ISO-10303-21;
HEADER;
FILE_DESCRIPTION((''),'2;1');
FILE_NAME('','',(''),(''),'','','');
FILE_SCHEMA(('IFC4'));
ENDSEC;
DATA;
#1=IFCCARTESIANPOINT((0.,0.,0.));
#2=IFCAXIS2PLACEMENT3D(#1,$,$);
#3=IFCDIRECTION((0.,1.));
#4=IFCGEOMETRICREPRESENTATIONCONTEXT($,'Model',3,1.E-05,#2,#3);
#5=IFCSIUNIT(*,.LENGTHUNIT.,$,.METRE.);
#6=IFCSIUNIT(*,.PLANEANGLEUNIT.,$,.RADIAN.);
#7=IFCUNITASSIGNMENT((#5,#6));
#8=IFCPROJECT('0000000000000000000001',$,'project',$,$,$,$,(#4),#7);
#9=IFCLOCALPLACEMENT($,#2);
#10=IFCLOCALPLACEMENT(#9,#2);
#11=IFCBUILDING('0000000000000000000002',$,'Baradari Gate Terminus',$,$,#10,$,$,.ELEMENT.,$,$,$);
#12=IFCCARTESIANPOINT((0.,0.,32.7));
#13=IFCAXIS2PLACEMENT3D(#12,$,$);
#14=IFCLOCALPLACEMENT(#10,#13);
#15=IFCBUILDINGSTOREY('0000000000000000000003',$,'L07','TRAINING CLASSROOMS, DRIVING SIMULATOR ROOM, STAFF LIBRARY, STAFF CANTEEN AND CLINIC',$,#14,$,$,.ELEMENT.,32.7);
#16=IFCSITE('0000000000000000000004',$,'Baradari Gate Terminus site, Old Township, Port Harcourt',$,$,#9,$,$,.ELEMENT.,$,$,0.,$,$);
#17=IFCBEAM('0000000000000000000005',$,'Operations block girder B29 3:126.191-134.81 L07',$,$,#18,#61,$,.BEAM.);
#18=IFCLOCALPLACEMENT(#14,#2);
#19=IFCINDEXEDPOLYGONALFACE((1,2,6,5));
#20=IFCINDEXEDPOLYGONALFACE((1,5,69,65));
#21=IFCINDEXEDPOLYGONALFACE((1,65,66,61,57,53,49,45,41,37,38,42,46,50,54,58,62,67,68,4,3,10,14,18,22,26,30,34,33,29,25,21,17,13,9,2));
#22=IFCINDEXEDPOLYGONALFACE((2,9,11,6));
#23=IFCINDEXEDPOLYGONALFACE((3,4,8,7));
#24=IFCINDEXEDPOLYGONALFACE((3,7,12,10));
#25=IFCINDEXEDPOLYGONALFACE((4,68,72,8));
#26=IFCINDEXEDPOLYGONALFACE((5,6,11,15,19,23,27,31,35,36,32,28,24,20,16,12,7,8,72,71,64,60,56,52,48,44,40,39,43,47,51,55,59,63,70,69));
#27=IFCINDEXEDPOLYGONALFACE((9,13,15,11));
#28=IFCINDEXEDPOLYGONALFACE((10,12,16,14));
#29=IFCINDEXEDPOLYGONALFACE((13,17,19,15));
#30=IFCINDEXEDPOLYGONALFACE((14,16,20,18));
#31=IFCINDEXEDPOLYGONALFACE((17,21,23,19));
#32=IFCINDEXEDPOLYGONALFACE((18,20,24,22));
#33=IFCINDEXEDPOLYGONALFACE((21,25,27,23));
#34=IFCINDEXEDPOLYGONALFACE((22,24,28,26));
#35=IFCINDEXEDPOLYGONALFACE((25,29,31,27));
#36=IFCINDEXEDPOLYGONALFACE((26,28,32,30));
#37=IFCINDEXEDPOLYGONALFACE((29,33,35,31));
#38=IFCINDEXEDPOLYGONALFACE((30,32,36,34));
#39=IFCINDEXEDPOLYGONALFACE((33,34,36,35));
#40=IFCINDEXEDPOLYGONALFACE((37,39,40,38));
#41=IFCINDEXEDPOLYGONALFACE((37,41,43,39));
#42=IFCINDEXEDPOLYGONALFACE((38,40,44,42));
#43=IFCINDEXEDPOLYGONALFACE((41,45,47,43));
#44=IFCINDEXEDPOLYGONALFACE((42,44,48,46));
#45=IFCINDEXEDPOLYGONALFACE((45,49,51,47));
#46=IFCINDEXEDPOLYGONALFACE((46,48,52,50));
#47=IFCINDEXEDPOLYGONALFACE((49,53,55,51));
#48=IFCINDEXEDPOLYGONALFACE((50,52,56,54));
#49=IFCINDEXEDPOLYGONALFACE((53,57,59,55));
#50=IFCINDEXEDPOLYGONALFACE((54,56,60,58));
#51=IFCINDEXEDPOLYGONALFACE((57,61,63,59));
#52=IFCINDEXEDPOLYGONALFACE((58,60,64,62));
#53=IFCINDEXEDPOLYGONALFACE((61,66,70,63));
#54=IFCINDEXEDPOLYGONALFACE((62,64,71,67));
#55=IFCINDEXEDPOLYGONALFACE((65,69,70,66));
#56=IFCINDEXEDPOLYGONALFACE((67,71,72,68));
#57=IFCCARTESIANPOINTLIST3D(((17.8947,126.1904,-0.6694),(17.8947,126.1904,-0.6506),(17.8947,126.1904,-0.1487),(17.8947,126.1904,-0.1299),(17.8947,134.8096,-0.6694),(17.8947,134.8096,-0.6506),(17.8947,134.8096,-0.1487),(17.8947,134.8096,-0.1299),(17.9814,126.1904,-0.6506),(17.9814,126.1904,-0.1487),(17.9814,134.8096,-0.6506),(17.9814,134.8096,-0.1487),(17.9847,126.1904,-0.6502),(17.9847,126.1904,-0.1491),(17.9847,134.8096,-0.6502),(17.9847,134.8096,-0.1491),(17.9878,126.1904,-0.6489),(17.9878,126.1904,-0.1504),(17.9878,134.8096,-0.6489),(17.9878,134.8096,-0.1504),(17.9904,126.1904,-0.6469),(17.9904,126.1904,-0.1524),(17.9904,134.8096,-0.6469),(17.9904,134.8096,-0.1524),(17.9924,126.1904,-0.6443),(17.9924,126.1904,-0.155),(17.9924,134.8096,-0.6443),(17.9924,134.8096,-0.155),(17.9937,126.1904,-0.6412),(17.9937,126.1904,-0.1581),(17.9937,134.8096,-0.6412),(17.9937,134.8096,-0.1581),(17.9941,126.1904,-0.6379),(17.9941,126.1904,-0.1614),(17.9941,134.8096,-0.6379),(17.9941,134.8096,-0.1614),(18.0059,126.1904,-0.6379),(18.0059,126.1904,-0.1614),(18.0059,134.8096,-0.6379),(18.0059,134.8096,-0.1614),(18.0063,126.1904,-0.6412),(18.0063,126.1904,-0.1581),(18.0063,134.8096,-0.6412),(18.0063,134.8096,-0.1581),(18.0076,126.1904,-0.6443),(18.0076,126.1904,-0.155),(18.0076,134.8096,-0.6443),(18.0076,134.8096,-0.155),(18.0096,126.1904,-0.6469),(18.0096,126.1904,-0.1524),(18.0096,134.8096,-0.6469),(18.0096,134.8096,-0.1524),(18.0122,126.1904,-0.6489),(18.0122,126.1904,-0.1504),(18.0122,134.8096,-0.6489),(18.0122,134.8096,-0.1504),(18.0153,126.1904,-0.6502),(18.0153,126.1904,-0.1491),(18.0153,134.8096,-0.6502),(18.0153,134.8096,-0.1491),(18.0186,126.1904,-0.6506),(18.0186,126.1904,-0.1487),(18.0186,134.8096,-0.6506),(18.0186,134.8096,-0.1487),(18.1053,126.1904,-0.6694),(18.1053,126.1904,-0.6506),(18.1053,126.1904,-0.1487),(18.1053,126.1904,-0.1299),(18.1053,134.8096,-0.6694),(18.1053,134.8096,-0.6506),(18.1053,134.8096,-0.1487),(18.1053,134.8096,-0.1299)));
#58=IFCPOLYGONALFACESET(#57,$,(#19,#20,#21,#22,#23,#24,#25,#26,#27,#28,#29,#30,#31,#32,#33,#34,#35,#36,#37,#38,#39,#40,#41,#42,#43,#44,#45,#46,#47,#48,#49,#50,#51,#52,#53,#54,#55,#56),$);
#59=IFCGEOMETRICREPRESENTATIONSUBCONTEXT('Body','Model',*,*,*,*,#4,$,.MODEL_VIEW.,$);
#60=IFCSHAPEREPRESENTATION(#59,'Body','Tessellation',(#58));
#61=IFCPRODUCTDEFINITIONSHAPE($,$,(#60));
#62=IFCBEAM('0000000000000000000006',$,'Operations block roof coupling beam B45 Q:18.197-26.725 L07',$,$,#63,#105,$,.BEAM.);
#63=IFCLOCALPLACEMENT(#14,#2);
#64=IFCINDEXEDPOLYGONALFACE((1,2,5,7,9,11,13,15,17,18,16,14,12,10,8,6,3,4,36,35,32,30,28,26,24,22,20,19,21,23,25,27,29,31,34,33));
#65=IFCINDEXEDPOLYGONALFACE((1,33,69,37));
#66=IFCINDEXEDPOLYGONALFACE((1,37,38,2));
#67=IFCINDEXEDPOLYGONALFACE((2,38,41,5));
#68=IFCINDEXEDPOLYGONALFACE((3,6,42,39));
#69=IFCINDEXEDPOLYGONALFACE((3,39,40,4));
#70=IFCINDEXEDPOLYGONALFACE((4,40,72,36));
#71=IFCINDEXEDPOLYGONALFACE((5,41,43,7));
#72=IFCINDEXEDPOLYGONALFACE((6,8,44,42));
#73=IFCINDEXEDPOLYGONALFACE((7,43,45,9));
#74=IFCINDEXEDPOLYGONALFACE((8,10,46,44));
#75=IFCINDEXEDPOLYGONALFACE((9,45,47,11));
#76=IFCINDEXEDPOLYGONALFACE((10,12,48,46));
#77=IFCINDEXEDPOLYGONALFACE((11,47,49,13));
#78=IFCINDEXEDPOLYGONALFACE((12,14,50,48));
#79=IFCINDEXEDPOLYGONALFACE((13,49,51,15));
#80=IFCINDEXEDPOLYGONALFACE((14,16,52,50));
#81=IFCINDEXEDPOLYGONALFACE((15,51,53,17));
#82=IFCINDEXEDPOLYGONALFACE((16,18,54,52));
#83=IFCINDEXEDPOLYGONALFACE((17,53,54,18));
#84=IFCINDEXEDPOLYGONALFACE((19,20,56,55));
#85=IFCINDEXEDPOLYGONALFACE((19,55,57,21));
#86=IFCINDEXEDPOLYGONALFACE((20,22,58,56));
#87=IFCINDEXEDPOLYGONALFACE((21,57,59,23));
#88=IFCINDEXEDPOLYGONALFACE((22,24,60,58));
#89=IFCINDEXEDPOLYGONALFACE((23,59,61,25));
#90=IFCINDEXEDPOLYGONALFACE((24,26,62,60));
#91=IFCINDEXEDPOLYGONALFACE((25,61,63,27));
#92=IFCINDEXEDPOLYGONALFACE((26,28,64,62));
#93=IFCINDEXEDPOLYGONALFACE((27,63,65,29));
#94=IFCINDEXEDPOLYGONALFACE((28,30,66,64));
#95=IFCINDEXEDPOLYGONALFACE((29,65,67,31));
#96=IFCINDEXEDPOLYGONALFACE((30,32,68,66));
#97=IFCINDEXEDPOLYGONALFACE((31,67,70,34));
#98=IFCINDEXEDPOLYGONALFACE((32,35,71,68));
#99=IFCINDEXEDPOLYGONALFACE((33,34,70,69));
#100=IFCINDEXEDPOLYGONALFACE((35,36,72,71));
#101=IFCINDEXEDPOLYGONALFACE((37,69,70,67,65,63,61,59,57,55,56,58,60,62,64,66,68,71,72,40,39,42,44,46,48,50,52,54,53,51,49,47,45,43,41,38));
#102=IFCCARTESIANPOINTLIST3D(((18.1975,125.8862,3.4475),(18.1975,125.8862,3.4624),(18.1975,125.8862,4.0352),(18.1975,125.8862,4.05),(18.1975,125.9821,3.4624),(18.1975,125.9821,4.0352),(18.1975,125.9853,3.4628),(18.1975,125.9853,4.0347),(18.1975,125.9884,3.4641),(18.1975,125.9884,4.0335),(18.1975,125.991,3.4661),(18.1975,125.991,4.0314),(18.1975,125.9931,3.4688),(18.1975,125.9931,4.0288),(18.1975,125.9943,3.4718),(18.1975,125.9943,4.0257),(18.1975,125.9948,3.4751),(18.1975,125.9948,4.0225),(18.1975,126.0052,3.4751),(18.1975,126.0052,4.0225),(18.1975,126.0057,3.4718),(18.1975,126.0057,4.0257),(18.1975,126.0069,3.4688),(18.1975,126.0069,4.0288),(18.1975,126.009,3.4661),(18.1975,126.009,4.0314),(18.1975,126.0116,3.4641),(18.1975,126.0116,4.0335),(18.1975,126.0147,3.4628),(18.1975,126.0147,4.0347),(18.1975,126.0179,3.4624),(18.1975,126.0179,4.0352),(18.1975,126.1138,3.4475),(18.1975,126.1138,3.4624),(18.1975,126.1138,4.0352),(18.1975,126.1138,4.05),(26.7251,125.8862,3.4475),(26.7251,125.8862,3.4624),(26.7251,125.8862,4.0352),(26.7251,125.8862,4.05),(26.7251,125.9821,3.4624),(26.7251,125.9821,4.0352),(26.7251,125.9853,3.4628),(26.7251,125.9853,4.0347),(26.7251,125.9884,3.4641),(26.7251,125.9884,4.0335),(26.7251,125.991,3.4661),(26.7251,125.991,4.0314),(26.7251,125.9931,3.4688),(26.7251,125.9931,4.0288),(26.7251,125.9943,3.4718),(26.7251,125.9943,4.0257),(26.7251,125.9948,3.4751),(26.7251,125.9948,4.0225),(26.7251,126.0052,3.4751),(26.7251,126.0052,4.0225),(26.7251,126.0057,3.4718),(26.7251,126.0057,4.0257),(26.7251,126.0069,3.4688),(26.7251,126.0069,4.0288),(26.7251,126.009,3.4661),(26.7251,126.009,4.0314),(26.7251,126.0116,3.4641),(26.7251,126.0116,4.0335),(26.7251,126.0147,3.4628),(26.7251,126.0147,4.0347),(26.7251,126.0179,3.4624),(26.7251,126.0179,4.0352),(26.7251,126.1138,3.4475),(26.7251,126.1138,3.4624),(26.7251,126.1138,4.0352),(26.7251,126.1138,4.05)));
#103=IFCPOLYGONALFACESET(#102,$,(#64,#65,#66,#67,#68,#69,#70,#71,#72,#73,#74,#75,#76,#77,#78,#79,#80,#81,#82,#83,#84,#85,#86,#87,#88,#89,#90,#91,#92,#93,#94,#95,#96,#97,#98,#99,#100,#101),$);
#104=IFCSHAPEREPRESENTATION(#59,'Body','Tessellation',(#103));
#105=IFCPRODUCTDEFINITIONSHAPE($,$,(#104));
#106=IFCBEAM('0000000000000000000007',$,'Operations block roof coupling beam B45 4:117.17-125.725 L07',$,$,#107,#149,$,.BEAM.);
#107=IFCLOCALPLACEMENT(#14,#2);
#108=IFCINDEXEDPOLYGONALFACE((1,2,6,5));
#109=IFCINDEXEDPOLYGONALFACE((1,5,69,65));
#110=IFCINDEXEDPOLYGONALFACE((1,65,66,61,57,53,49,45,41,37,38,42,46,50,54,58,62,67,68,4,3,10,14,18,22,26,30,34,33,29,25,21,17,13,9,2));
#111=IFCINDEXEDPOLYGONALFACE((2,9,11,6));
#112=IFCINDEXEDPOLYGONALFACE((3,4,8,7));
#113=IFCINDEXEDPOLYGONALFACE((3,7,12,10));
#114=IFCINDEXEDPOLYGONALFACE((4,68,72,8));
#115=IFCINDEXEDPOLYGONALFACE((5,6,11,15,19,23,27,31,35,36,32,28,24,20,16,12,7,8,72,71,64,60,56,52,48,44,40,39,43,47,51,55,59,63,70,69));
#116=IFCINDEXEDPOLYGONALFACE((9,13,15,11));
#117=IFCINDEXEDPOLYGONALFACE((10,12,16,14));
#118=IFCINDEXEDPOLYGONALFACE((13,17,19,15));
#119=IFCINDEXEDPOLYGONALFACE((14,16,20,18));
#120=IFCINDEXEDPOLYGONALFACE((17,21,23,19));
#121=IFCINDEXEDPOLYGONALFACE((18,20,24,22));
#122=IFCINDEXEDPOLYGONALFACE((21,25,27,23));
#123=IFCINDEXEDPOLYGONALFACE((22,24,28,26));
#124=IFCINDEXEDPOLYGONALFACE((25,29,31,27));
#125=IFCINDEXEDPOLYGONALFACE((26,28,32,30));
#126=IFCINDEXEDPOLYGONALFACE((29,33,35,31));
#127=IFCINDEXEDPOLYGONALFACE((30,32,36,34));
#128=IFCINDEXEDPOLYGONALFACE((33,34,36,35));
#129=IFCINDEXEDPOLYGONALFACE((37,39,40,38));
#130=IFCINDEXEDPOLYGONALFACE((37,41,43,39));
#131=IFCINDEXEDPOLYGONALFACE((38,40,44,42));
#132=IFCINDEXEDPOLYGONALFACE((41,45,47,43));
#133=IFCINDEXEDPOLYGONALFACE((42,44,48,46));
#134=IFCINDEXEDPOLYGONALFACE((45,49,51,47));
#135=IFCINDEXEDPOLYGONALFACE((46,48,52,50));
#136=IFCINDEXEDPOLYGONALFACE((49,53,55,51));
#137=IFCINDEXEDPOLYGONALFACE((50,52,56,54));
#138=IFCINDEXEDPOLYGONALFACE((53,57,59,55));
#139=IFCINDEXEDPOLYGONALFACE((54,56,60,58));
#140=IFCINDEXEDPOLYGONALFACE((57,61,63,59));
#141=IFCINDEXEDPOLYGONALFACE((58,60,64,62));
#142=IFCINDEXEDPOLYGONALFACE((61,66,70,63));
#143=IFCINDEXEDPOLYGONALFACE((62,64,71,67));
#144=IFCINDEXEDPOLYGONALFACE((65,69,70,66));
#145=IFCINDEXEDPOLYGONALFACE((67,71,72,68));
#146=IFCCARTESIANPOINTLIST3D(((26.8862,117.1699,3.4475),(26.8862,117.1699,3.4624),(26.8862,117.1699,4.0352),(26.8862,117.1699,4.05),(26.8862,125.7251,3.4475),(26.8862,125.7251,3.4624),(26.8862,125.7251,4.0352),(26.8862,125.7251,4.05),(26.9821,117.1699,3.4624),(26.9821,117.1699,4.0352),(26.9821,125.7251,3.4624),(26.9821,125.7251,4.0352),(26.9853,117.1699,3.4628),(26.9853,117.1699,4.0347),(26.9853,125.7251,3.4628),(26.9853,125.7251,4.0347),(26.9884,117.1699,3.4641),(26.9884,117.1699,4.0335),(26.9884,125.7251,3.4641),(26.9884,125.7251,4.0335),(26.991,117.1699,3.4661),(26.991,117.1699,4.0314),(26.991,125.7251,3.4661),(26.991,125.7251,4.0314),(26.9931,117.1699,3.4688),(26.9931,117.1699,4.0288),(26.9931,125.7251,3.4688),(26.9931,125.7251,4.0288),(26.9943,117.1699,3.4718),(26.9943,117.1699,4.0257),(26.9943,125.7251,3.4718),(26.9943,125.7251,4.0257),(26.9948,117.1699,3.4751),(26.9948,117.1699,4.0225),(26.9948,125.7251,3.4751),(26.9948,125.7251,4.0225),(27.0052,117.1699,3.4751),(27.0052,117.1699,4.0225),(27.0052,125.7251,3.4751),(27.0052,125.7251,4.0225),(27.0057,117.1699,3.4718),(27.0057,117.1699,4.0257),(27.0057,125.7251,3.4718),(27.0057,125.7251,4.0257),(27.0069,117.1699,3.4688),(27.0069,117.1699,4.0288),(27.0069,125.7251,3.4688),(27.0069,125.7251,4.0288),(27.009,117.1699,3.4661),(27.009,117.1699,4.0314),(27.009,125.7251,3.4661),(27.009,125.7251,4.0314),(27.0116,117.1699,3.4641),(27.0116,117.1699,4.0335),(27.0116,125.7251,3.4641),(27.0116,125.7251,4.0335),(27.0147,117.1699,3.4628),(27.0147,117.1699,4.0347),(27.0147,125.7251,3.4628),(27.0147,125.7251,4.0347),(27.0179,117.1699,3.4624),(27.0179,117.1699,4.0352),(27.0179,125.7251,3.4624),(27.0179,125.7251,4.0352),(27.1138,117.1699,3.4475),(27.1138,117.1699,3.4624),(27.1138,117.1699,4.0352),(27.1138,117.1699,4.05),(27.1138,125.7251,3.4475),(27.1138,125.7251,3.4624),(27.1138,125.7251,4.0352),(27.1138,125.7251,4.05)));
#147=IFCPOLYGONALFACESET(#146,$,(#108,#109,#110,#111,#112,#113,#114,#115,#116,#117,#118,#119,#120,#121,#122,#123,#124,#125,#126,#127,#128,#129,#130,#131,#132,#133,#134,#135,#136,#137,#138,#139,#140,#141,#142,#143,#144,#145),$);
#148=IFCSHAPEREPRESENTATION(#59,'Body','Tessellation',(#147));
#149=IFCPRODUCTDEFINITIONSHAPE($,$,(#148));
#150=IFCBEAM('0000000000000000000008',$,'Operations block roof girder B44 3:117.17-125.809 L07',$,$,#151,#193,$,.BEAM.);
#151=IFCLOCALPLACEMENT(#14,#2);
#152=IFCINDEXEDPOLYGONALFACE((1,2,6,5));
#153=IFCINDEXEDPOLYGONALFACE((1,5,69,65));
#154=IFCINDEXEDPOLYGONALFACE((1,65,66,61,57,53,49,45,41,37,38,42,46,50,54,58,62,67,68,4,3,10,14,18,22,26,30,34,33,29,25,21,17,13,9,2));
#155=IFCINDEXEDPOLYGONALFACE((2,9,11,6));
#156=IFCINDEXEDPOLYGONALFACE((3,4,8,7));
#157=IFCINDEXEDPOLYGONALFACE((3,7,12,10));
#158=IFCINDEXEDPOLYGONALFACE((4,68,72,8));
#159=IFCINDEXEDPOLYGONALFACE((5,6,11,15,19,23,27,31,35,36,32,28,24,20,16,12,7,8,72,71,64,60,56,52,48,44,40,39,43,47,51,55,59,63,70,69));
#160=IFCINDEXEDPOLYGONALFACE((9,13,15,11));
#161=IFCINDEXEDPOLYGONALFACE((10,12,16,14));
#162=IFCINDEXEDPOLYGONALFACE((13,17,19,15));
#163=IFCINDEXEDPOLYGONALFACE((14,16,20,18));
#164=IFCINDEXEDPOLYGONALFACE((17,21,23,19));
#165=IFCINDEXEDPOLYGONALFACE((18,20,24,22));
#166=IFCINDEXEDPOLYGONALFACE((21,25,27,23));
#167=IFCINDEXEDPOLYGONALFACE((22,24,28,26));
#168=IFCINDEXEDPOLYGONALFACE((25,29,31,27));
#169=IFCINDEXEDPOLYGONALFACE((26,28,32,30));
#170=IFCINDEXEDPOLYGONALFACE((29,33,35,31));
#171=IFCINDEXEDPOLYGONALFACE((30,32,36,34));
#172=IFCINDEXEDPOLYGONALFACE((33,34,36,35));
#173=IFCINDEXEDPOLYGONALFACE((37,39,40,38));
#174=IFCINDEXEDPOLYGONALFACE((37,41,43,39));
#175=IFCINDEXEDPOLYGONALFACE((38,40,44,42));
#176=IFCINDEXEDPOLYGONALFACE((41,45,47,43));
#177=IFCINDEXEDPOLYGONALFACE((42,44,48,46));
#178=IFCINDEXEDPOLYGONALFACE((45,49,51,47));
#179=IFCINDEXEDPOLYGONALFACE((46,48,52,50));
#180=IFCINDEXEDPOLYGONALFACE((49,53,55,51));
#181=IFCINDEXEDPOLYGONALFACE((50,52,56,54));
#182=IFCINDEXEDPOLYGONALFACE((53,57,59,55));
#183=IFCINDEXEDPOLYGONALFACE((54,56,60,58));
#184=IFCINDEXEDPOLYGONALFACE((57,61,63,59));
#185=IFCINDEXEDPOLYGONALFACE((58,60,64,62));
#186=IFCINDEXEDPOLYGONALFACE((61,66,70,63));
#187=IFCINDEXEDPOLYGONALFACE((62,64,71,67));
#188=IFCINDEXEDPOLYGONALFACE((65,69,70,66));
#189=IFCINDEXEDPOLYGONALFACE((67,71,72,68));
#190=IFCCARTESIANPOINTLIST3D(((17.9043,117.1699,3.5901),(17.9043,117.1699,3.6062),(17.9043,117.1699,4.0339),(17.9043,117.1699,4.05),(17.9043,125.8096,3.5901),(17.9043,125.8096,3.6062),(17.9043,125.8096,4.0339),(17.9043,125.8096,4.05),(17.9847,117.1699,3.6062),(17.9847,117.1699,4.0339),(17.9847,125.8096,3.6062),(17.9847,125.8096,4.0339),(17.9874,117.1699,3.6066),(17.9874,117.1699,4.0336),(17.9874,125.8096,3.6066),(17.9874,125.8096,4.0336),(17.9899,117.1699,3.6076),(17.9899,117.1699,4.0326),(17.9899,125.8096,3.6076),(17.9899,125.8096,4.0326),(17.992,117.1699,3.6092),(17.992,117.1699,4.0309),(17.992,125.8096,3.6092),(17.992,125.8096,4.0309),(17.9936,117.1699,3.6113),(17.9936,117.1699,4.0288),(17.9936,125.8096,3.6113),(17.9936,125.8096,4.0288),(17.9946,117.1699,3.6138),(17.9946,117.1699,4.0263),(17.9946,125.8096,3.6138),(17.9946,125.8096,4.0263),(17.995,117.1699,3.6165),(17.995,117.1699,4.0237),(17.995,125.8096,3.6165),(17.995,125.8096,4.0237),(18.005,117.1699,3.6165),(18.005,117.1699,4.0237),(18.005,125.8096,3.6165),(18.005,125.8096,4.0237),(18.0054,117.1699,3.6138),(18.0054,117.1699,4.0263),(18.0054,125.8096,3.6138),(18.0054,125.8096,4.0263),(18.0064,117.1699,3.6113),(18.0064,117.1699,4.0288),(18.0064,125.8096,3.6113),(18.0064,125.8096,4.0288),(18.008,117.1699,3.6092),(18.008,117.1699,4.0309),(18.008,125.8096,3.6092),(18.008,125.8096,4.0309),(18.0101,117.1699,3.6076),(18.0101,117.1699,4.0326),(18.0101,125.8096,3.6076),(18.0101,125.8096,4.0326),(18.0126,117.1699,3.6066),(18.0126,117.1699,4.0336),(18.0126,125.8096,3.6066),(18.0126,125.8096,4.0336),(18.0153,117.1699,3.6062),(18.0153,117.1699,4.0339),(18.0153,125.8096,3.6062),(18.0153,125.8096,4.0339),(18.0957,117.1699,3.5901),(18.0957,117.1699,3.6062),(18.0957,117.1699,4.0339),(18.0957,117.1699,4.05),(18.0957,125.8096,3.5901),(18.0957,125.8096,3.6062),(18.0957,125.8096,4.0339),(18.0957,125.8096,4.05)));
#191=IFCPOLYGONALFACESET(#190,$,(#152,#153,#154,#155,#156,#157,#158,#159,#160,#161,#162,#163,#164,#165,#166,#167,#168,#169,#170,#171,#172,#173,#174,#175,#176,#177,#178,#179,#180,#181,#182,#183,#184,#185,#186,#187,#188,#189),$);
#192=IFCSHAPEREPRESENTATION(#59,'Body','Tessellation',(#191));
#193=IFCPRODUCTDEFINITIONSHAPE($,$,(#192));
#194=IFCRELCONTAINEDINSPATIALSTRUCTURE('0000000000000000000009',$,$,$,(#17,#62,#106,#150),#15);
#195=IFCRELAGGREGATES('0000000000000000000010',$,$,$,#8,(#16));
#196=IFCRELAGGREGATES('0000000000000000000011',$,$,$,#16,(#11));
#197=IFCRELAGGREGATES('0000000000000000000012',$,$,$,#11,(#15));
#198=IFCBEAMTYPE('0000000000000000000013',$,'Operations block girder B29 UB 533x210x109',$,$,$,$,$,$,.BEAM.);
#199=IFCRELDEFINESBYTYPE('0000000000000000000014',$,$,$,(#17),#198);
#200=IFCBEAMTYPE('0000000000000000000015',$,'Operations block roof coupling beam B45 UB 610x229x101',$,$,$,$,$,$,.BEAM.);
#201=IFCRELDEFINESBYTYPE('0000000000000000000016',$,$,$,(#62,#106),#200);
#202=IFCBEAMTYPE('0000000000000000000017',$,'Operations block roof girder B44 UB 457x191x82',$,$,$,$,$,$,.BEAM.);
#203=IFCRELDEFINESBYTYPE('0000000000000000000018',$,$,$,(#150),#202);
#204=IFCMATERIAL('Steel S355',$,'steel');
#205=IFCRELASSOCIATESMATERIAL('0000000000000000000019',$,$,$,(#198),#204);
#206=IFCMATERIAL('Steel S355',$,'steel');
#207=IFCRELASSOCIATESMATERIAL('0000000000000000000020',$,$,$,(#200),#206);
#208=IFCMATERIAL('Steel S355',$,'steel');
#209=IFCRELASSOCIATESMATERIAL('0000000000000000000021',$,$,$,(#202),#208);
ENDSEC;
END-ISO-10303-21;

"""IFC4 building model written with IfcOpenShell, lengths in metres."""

from ifc_helpers import new_model, si_unit, direction, frame, origin, origin_2d, place, context, subcontext, project, spatial, i_section, extrude, material, material_profile, profile_set, type_object, element, save


model = new_model("IFC4")

# Units and contexts
model_context = context("Model", 3, precision=1e-05, world=origin(), true_north=direction((0.0, 1.0)))
body_context = subcontext(model_context, "Body", "Model", "MODEL_VIEW")
ifc_project = project(units=[si_unit("LENGTHUNIT", "METRE"), si_unit("PLANEANGLEUNIT", "RADIAN")], contexts=[model_context])

# Site, building, storey
site_placement = place(None, origin())
site = spatial("IfcSite", under=ifc_project, at=site_placement, Name="Baradari Gate Terminus site, Old Township, Port Harcourt", CompositionType="ELEMENT", RefElevation=0.0)
building_placement = place(site_placement, origin())
building = spatial("IfcBuilding", under=site, at=building_placement, Name="Baradari Gate Terminus", CompositionType="ELEMENT")
storey_placement = place(building_placement, frame((0.0, 0.0, 32.7)))
storey = spatial("IfcBuildingStorey", under=building, at=storey_placement, Name="L07", Description="TRAINING CLASSROOMS, DRIVING SIMULATOR ROOM, STAFF LIBRARY, STAFF CANTEEN AND CLINIC", CompositionType="ELEMENT", Elevation=32.7)

# Beams
ifc_material_1 = material(Name="Steel S355", Category="steel")
ifc_material_profile_1 = material_profile(ifc_material_1, i_section(OverallWidth=0.2107, OverallDepth=0.5396, WebThickness=0.0117, FlangeThickness=0.0188, FilletRadius=0.0127, at=origin_2d()), Name="UB 533x210x109")
ifc_profile_set_1 = profile_set([ifc_material_profile_1], Name="Steel S355")
beam_type_1 = type_object("IfcBeamType", Name="Operations block girder B29 UB 533x210x109", PredefinedType="BEAM", material=ifc_profile_set_1)
beam_1_placement = place(storey_placement, frame((18.0, 126.1904, -0.3997), z_axis=(0.0, 1.0, 0.0), x_axis=(-1.0, 0.0, 0.0)))
element("IfcBeam", 1, at=beam_1_placement, inside=storey, type_object=beam_type_1, Name="Operations block girder B29 3:126.191-134.81 L07", PredefinedType="BEAM", context=body_context, shape_type="SweptSolid", body=[
    extrude(i_section(OverallWidth=0.2107, OverallDepth=0.5396, WebThickness=0.0117, FlangeThickness=0.0188, FilletRadius=0.0127, at=origin_2d()), origin(), (0.0, 0.0, 1.0), 8.6191),
])
ifc_material_2 = material(Name="Steel S355", Category="steel")
ifc_material_profile_2 = material_profile(ifc_material_2, i_section(OverallWidth=0.2275, OverallDepth=0.6025, WebThickness=0.0105, FlangeThickness=0.0149, FilletRadius=0.0127, at=origin_2d()), Name="UB 610x229x101")
ifc_profile_set_2 = profile_set([ifc_material_profile_2], Name="Steel S355")
beam_type_2 = type_object("IfcBeamType", Name="Operations block roof coupling beam B45 UB 610x229x101", PredefinedType="BEAM", material=ifc_profile_set_2)
beam_2_placement = place(storey_placement, frame((18.1975, 126.0, 3.7488), z_axis=(1.0, 0.0, 0.0), x_axis=(0.0, 1.0, 0.0)))
element("IfcBeam", 2, at=beam_2_placement, inside=storey, type_object=beam_type_2, Name="Operations block roof coupling beam B45 Q:18.197-26.725 L07", PredefinedType="BEAM", context=body_context, shape_type="SweptSolid", body=[
    extrude(i_section(OverallWidth=0.2275, OverallDepth=0.6025, WebThickness=0.0105, FlangeThickness=0.0149, FilletRadius=0.0127, at=origin_2d()), origin(), (0.0, 0.0, 1.0), 8.5276),
])
beam_3_placement = place(storey_placement, frame((27.0, 117.1699, 3.7488), z_axis=(0.0, 1.0, 0.0), x_axis=(-1.0, 0.0, 0.0)))
element("IfcBeam", 3, at=beam_3_placement, inside=storey, type_object=beam_type_2, Name="Operations block roof coupling beam B45 4:117.17-125.725 L07", PredefinedType="BEAM", context=body_context, shape_type="SweptSolid", body=[
    extrude(i_section(OverallWidth=0.2275, OverallDepth=0.6025, WebThickness=0.0105, FlangeThickness=0.0149, FilletRadius=0.0127, at=origin_2d()), origin(), (0.0, 0.0, 1.0), 8.5552),
])
ifc_material_3 = material(Name="Steel S355", Category="steel")
ifc_material_profile_3 = material_profile(ifc_material_3, i_section(OverallWidth=0.1914, OverallDepth=0.46, WebThickness=0.01, FlangeThickness=0.0161, FilletRadius=0.0103, at=origin_2d()), Name="UB 457x191x82")
ifc_profile_set_3 = profile_set([ifc_material_profile_3], Name="Steel S355")
beam_type_3 = type_object("IfcBeamType", Name="Operations block roof girder B44 UB 457x191x82", PredefinedType="BEAM", material=ifc_profile_set_3)
beam_4_placement = place(storey_placement, frame((18.0, 117.1699, 3.8201), z_axis=(0.0, 1.0, 0.0), x_axis=(-1.0, 0.0, 0.0)))
element("IfcBeam", 4, at=beam_4_placement, inside=storey, type_object=beam_type_3, Name="Operations block roof girder B44 3:117.17-125.809 L07", PredefinedType="BEAM", context=body_context, shape_type="SweptSolid", body=[
    extrude(i_section(OverallWidth=0.1914, OverallDepth=0.46, WebThickness=0.01, FlangeThickness=0.0161, FilletRadius=0.0103, at=origin_2d()), origin(), (0.0, 0.0, 1.0), 8.6396),
])

save(model, "model.ifc")
